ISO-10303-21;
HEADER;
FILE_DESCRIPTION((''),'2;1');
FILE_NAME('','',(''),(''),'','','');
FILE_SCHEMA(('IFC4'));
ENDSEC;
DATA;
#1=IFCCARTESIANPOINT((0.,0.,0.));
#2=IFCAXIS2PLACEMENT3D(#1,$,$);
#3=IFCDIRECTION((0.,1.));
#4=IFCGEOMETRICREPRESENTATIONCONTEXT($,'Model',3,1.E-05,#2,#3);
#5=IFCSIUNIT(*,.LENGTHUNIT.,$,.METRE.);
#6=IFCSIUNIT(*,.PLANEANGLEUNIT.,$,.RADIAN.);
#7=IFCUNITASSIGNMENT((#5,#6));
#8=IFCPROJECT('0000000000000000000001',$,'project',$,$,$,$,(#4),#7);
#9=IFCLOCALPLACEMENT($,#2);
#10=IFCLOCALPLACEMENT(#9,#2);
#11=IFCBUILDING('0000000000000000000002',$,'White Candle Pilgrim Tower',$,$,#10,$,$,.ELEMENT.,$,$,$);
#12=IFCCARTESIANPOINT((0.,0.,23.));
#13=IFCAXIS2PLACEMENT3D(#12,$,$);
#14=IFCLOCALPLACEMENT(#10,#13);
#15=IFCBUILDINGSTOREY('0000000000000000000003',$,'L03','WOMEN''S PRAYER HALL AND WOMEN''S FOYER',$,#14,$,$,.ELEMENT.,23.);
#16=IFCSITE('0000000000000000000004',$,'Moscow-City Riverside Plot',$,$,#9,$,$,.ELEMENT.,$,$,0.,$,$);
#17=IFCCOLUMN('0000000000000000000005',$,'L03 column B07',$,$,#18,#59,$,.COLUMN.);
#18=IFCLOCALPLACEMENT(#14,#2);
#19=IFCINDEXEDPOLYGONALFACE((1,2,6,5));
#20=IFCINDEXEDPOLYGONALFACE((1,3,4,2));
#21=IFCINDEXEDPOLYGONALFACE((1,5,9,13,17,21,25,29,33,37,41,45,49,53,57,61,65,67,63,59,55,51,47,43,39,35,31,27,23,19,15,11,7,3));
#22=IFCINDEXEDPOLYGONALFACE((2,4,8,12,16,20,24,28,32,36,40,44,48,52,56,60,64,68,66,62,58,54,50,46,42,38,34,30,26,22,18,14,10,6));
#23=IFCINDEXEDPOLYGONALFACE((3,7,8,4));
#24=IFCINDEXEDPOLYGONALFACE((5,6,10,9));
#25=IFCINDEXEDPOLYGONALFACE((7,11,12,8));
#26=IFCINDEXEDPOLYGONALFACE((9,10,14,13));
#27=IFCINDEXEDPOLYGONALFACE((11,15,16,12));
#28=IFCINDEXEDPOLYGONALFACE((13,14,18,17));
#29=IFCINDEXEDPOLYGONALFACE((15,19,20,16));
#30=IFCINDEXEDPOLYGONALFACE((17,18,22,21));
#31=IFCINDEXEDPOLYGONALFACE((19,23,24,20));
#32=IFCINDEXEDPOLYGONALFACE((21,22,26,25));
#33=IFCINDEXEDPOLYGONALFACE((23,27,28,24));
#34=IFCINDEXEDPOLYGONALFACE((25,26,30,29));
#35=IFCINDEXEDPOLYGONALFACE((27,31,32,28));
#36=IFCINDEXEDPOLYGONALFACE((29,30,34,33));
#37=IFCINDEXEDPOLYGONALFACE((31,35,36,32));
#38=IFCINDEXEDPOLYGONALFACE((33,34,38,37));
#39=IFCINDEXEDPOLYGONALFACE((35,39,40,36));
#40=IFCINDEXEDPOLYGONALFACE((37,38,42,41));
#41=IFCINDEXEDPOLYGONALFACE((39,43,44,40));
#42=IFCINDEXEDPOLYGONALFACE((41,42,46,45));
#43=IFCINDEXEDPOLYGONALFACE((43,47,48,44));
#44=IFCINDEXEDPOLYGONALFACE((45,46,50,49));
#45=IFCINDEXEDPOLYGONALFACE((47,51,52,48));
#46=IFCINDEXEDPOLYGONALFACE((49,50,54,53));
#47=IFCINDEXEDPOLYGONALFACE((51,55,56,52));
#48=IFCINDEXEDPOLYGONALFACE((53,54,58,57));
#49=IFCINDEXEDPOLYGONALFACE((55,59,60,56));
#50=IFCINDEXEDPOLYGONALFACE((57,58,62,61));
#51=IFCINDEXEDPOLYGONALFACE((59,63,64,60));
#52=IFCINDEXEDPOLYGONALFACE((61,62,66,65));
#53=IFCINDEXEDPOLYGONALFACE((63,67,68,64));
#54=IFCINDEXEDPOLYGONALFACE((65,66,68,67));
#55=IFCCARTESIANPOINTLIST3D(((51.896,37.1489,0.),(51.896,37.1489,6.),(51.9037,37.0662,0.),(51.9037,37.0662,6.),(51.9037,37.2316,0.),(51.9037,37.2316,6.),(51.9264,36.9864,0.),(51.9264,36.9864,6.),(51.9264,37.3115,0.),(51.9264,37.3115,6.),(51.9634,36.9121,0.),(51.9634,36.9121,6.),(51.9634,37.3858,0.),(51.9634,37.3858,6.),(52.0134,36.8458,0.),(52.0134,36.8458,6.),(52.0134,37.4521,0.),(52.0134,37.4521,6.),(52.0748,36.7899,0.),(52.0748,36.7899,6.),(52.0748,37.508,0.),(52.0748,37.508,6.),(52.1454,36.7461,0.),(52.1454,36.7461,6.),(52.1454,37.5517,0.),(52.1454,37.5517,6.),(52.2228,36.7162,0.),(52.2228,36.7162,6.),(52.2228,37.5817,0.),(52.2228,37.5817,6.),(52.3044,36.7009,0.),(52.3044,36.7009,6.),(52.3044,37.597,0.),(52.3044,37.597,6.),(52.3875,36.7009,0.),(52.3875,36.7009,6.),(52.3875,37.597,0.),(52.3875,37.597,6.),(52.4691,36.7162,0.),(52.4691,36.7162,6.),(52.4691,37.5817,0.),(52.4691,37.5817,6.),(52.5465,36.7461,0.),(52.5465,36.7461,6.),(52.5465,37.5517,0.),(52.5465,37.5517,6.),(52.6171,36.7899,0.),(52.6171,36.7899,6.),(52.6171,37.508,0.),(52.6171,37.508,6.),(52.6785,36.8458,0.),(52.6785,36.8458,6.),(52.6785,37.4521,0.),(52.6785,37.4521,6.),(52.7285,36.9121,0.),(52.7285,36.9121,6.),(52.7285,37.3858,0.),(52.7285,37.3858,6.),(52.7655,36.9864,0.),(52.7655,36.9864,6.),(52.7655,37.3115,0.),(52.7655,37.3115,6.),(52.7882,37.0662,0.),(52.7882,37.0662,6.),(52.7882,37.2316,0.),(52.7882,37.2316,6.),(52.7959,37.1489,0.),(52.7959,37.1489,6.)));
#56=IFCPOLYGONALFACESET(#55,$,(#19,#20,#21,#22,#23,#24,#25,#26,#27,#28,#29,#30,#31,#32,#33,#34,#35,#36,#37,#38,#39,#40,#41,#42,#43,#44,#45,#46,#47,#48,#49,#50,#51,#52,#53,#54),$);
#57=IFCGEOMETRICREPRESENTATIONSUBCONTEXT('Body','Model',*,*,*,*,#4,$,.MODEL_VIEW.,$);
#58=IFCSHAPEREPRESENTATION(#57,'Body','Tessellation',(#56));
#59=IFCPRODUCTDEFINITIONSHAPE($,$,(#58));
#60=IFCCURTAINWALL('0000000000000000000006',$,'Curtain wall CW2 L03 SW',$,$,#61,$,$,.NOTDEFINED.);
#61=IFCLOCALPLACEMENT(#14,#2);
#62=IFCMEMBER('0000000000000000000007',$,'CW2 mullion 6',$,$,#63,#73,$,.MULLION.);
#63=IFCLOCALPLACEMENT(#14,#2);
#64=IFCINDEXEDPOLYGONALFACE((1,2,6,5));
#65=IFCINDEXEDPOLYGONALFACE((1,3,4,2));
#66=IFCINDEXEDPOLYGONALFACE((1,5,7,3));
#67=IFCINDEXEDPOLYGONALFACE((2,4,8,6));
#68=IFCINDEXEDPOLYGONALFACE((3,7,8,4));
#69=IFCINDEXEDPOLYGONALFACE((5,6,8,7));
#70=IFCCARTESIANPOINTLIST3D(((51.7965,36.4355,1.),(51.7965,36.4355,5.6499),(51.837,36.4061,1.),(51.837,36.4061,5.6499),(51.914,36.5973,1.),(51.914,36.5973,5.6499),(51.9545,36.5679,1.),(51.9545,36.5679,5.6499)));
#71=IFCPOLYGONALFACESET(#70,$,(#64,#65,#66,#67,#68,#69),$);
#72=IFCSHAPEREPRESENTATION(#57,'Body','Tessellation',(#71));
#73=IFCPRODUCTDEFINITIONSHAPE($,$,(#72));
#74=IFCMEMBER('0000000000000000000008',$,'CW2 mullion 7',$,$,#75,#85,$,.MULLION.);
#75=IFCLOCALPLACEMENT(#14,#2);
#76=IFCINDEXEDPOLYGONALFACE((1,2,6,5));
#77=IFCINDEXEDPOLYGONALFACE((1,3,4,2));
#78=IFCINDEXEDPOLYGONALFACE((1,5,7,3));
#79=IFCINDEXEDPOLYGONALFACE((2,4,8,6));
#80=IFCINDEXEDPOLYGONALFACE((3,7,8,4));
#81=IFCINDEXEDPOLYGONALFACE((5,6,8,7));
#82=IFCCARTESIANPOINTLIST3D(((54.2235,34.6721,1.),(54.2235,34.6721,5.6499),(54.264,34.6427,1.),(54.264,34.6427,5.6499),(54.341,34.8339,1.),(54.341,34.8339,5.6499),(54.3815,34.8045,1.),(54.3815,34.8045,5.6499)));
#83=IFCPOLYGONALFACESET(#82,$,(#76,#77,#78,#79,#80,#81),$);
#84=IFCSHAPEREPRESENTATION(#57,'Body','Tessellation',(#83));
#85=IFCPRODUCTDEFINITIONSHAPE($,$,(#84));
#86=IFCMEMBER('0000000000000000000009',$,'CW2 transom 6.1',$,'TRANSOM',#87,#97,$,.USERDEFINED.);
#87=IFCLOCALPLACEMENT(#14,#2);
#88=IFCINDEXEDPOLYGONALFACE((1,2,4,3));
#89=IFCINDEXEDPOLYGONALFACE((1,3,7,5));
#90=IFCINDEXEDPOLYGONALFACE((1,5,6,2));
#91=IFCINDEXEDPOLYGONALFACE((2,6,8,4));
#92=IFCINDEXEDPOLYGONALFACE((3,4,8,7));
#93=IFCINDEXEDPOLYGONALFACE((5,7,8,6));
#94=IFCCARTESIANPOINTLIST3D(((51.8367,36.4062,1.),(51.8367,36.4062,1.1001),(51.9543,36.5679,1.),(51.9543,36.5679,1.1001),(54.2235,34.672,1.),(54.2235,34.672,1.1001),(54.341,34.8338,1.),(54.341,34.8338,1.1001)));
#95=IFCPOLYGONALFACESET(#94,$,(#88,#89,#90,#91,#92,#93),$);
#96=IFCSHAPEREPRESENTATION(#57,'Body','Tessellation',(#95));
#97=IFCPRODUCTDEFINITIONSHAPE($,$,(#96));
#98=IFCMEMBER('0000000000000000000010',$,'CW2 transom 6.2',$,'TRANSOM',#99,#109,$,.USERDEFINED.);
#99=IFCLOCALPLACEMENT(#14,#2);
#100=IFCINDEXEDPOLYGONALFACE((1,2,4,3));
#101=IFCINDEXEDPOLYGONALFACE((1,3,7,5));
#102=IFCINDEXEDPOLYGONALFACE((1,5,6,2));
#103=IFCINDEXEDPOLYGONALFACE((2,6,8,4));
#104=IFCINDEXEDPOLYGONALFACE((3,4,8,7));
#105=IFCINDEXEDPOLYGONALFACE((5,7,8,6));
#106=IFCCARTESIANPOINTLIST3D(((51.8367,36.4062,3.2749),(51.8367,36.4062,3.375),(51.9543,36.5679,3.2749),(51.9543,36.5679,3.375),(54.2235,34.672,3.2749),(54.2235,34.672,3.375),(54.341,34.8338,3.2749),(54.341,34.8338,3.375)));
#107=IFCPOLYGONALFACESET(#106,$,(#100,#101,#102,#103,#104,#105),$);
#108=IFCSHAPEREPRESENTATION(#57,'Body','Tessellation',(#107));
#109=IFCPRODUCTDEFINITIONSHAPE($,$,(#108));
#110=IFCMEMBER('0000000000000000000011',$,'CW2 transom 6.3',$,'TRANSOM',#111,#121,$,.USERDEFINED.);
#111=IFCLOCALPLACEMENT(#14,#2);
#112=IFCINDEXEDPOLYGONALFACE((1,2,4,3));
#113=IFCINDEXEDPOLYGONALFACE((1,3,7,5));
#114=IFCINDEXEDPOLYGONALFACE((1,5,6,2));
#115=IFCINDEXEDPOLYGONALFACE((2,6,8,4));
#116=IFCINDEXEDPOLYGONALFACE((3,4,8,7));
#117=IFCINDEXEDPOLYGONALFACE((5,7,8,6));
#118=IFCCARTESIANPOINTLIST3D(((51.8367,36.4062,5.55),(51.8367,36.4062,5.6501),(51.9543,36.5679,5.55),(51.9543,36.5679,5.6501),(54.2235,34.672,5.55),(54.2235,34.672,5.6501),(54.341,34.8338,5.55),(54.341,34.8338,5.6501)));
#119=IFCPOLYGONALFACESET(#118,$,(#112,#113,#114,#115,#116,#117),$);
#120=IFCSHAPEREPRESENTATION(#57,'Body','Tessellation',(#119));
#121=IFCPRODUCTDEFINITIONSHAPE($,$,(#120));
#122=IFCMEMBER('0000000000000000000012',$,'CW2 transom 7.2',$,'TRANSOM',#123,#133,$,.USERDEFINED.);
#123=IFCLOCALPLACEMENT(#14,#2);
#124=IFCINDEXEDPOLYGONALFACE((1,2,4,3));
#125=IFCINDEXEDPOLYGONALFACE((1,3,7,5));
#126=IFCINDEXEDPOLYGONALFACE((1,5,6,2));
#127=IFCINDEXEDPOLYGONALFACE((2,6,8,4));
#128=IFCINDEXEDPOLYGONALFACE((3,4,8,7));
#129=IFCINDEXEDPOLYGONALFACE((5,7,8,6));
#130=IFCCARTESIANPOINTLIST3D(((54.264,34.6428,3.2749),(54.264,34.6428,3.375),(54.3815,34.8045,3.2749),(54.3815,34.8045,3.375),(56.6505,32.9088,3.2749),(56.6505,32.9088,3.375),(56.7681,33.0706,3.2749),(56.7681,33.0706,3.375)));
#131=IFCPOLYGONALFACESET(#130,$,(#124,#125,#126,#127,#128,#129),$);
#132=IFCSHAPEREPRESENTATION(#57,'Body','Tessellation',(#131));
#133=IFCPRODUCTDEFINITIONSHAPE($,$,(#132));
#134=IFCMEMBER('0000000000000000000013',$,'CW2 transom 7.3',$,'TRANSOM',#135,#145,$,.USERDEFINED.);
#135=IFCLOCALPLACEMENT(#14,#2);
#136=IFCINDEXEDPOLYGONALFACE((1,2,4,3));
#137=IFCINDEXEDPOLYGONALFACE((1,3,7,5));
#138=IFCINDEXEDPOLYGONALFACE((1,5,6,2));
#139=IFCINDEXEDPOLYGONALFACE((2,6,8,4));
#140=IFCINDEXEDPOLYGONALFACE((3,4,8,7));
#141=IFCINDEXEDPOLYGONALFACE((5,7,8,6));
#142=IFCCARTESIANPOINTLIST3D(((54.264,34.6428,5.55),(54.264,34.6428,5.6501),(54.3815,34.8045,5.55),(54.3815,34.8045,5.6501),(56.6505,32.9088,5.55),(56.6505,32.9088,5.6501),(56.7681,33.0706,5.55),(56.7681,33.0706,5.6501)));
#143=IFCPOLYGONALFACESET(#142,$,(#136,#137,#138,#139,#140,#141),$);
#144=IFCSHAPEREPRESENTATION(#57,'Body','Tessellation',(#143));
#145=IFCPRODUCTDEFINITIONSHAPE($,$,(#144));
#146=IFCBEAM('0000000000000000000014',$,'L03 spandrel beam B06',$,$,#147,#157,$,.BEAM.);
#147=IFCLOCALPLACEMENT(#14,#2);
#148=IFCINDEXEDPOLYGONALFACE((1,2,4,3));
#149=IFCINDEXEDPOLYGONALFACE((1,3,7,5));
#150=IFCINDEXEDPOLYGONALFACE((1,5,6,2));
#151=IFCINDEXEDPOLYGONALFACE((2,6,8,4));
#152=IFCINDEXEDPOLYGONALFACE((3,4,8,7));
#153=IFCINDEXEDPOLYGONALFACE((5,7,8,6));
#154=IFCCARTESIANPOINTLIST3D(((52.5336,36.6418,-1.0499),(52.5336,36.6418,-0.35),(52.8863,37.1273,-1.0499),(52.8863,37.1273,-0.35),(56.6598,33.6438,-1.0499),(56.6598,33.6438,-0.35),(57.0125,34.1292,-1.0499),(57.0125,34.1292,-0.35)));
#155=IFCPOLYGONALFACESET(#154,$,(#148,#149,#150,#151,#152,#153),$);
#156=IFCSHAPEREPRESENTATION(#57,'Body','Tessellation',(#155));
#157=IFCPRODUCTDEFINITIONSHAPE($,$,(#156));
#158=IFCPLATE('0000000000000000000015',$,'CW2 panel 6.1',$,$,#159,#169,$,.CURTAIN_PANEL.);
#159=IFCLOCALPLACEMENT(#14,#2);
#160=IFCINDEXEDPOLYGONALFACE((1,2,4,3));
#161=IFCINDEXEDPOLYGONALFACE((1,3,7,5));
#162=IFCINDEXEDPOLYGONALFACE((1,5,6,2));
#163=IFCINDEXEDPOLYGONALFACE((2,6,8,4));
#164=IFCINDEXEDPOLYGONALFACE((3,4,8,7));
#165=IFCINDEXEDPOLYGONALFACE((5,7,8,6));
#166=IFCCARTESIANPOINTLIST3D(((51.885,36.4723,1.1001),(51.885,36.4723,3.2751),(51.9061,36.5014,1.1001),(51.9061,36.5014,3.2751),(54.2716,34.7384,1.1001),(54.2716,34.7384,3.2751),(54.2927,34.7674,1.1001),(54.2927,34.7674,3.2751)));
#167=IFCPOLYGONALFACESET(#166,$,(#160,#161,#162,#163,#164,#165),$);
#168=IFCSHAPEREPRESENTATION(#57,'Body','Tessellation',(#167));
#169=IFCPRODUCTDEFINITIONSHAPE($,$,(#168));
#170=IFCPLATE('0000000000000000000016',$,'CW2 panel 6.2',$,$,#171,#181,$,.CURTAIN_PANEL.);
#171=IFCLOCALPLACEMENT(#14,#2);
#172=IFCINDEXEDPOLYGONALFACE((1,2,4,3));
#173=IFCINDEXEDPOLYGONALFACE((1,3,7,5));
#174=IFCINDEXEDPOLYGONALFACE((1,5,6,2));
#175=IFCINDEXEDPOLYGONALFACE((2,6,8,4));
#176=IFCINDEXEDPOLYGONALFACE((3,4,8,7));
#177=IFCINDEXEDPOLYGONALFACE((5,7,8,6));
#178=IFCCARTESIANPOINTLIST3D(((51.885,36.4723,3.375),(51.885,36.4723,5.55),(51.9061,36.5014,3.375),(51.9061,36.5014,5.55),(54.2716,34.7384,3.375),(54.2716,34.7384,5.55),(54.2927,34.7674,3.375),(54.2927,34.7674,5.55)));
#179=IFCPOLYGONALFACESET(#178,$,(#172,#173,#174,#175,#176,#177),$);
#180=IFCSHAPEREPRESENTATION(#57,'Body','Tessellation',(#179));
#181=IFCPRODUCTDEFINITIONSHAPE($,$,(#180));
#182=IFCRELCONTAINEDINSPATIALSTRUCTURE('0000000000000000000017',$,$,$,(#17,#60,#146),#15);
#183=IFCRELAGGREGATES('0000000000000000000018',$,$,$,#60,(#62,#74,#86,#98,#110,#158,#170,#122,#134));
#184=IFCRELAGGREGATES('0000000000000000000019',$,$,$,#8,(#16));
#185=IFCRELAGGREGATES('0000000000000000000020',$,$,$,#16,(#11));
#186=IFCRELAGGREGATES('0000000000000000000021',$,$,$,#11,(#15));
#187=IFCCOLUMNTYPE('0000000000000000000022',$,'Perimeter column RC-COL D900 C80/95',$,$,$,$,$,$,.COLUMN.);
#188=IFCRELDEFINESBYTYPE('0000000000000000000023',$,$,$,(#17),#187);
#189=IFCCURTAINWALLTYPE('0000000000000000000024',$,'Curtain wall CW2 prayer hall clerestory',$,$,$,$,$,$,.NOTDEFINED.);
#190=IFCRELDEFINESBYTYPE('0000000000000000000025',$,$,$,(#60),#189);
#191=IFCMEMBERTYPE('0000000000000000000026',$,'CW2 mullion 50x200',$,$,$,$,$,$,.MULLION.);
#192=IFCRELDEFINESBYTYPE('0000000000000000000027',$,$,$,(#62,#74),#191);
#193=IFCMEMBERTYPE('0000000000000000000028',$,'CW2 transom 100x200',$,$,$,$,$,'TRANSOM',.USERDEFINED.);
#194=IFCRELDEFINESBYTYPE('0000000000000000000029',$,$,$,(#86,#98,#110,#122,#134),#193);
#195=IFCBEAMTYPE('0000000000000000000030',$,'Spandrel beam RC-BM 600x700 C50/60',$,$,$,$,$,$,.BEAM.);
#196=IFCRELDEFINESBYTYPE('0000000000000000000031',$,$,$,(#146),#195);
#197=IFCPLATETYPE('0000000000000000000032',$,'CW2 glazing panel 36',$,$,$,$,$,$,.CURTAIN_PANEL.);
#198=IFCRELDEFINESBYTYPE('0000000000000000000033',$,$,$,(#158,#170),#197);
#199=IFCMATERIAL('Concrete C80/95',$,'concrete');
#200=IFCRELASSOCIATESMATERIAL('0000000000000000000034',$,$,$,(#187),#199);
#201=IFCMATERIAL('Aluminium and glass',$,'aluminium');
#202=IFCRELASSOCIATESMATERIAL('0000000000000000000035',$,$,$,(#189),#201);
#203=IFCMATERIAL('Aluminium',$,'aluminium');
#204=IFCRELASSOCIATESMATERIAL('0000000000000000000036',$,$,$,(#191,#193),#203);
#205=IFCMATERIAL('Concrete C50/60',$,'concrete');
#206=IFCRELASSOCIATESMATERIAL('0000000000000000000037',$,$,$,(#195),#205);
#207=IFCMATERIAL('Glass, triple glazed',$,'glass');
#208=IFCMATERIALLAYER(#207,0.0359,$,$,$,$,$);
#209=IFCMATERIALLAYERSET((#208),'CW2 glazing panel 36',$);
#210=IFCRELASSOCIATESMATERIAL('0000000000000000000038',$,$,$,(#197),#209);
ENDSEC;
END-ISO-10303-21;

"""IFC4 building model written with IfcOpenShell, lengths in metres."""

from ifc_helpers import new_model, si_unit, direction, frame, origin, origin_2d, place, context, subcontext, project, spatial, rectangle, circle, extrude, material, layer, layer_set, material_profile, profile_set, type_object, element, aggregate, save


model = new_model("IFC4")

# Units and contexts
model_context = context("Model", 3, precision=1e-05, world=origin(), true_north=direction((0.0, 1.0)))
body_context = subcontext(model_context, "Body", "Model", "MODEL_VIEW")
ifc_project = project(units=[si_unit("LENGTHUNIT", "METRE"), si_unit("PLANEANGLEUNIT", "RADIAN")], contexts=[model_context])

# Site, building, storey
site_placement = place(None, origin())
site = spatial("IfcSite", under=ifc_project, at=site_placement, Name="Moscow-City Riverside Plot", CompositionType="ELEMENT", RefElevation=0.0)
building_placement = place(site_placement, origin())
building = spatial("IfcBuilding", under=site, at=building_placement, Name="White Candle Pilgrim Tower", CompositionType="ELEMENT")
storey_placement = place(building_placement, frame((0.0, 0.0, 23.0)))
storey = spatial("IfcBuildingStorey", under=building, at=storey_placement, Name="L03", Description="WOMEN'S PRAYER HALL AND WOMEN'S FOYER", CompositionType="ELEMENT", Elevation=23.0)

# Column
ifc_material_1 = material(Name="Concrete C80/95", Category="concrete")
ifc_material_profile_1 = material_profile(ifc_material_1, circle(Radius=0.45, at=origin_2d()), Name="RC-COL D900")
ifc_profile_set_1 = profile_set([ifc_material_profile_1], Name="Concrete C80/95")
column_type = type_object("IfcColumnType", Name="Perimeter column RC-COL D900 C80/95", PredefinedType="COLUMN", material=ifc_profile_set_1)
column_placement = place(storey_placement, frame((52.3459, 37.1489, 0.0), z_axis=(0.0, 0.0, 1.0), x_axis=(1.0, 0.0, 0.0)))
element("IfcColumn", 1, at=column_placement, inside=storey, type_object=column_type, Name="L03 column B07", PredefinedType="COLUMN", context=body_context, shape_type="SweptSolid", body=[
    extrude(circle(Radius=0.45, at=origin_2d()), origin(), (0.0, 0.0, 1.0), 6.0),
])

# Curtain wall, members
ifc_material_2 = material(Name="Aluminium and glass", Category="aluminium")
curtain_wall_type = type_object("IfcCurtainWallType", Name="Curtain wall CW2 prayer hall clerestory", PredefinedType="NOTDEFINED", material=ifc_material_2)
curtain_wall_placement = place(storey_placement, origin())
curtain_wall = element("IfcCurtainWall", 2, at=curtain_wall_placement, inside=storey, type_object=curtain_wall_type, Name="Curtain wall CW2 L03 SW", PredefinedType="NOTDEFINED")
ifc_material_3 = material(Name="Aluminium", Category="aluminium")
ifc_material_profile_2 = material_profile(ifc_material_3, rectangle(XDim=0.2, YDim=0.05, at=origin_2d()), Name="CW2 mullion 50x200")
ifc_profile_set_2 = profile_set([ifc_material_profile_2], Name="Aluminium")
member_type_1 = type_object("IfcMemberType", Name="CW2 mullion 50x200", PredefinedType="MULLION", material=ifc_profile_set_2)
member_1_placement = place(storey_placement, frame((51.8755, 36.5017, 1.0), z_axis=(0.0, 0.0, 1.0), x_axis=(0.587785, 0.809017, 0.0)))
member_1 = element("IfcMember", 3, at=member_1_placement, type_object=member_type_1, Name="CW2 mullion 6", PredefinedType="MULLION", context=body_context, shape_type="SweptSolid", body=[
    extrude(rectangle(XDim=0.2, YDim=0.05, at=origin_2d()), origin(), (0.0, 0.0, 1.0), 4.6499),
])
member_2_placement = place(storey_placement, frame((54.3025, 34.7383, 1.0), z_axis=(0.0, 0.0, 1.0), x_axis=(0.587785, 0.809017, 0.0)))
member_2 = element("IfcMember", 4, at=member_2_placement, type_object=member_type_1, Name="CW2 mullion 7", PredefinedType="MULLION", context=body_context, shape_type="SweptSolid", body=[
    extrude(rectangle(XDim=0.2, YDim=0.05, at=origin_2d()), origin(), (0.0, 0.0, 1.0), 4.6499),
])
ifc_material_profile_3 = material_profile(ifc_material_3, rectangle(XDim=0.2, YDim=0.1001, at=origin_2d()), Name="CW2 transom 100x200")
ifc_profile_set_3 = profile_set([ifc_material_profile_3], Name="Aluminium")
member_type_2 = type_object("IfcMemberType", Name="CW2 transom 100x200", ElementType="TRANSOM", PredefinedType="USERDEFINED", material=ifc_profile_set_3)
member_3_placement = place(storey_placement, frame((51.8955, 36.4871, 1.05), z_axis=(0.809004, -0.587803, 0.0), x_axis=(0.587803, 0.809004, 0.0)))
member_3 = element("IfcMember", 5, at=member_3_placement, type_object=member_type_2, Name="CW2 transom 6.1", ObjectType="TRANSOM", PredefinedType="USERDEFINED", context=body_context, shape_type="SweptSolid", body=[
    extrude(rectangle(XDim=0.2, YDim=0.1001, at=origin_2d()), origin(), (0.0, 0.0, 1.0), 2.9502),
])
member_4_placement = place(storey_placement, frame((51.8955, 36.4871, 3.325), z_axis=(0.809004, -0.587803, 0.0), x_axis=(0.587803, 0.809004, 0.0)))
member_4 = element("IfcMember", 6, at=member_4_placement, type_object=member_type_2, Name="CW2 transom 6.2", ObjectType="TRANSOM", PredefinedType="USERDEFINED", context=body_context, shape_type="SweptSolid", body=[
    extrude(rectangle(XDim=0.2, YDim=0.1001, at=origin_2d()), origin(), (0.0, 0.0, 1.0), 2.9502),
])
member_5_placement = place(storey_placement, frame((51.8955, 36.4871, 5.6001), z_axis=(0.809004, -0.587803, 0.0), x_axis=(0.587803, 0.809004, 0.0)))
member_5 = element("IfcMember", 7, at=member_5_placement, type_object=member_type_2, Name="CW2 transom 6.3", ObjectType="TRANSOM", PredefinedType="USERDEFINED", context=body_context, shape_type="SweptSolid", body=[
    extrude(rectangle(XDim=0.2, YDim=0.1001, at=origin_2d()), origin(), (0.0, 0.0, 1.0), 2.9502),
])
member_6_placement = place(storey_placement, frame((54.3228, 34.7236, 3.325), z_axis=(0.809015, -0.587788, 0.0), x_axis=(0.587788, 0.809015, 0.0)))
member_6 = element("IfcMember", 8, at=member_6_placement, type_object=member_type_2, Name="CW2 transom 7.2", ObjectType="TRANSOM", PredefinedType="USERDEFINED", context=body_context, shape_type="SweptSolid", body=[
    extrude(rectangle(XDim=0.2, YDim=0.1001, at=origin_2d()), origin(), (0.0, 0.0, 1.0), 2.95),
])
member_7_placement = place(storey_placement, frame((54.3228, 34.7236, 5.6001), z_axis=(0.809015, -0.587788, 0.0), x_axis=(0.587788, 0.809015, 0.0)))
member_7 = element("IfcMember", 9, at=member_7_placement, type_object=member_type_2, Name="CW2 transom 7.3", ObjectType="TRANSOM", PredefinedType="USERDEFINED", context=body_context, shape_type="SweptSolid", body=[
    extrude(rectangle(XDim=0.2, YDim=0.1001, at=origin_2d()), origin(), (0.0, 0.0, 1.0), 2.95),
])

# Beam
ifc_material_4 = material(Name="Concrete C50/60", Category="concrete")
ifc_material_profile_4 = material_profile(ifc_material_4, rectangle(XDim=0.6001, YDim=0.7, at=origin_2d()), Name="RC-BM 600x700")
ifc_profile_set_4 = profile_set([ifc_material_profile_4], Name="Concrete C50/60")
beam_type = type_object("IfcBeamType", Name="Spandrel beam RC-BM 600x700 C50/60", PredefinedType="BEAM", material=ifc_profile_set_4)
beam_placement = place(storey_placement, frame((52.71, 36.8845, -0.7), z_axis=(0.809001, -0.587807, 0.0), x_axis=(0.587807, 0.809001, 0.0)))
element("IfcBeam", 10, at=beam_placement, inside=storey, type_object=beam_type, Name="L03 spandrel beam B06", PredefinedType="BEAM", context=body_context, shape_type="SweptSolid", body=[
    extrude(rectangle(XDim=0.6001, YDim=0.7, at=origin_2d()), origin(), (0.0, 0.0, 1.0), 5.1003),
])

# Plates
ifc_material_5 = material(Name="Glass, triple glazed", Category="glass")
ifc_layer_1 = layer(ifc_material_5, 0.0359)
ifc_layer_set_1 = layer_set([ifc_layer_1], Name="CW2 glazing panel 36")
plate_type = type_object("IfcPlateType", Name="CW2 glazing panel 36", PredefinedType="CURTAIN_PANEL", material=ifc_layer_set_1)
plate_1_placement = place(storey_placement, frame((53.0889, 35.6199, 1.1001), z_axis=(0.0, 0.0, 1.0), x_axis=(0.809017, -0.587785, 0.0)))
plate_1 = element("IfcPlate", 11, at=plate_1_placement, type_object=plate_type, Name="CW2 panel 6.1", PredefinedType="CURTAIN_PANEL", context=body_context, shape_type="SweptSolid", body=[
    extrude(rectangle(XDim=2.95, YDim=0.0359, at=origin_2d()), origin(), (0.0, 0.0, 1.0), 2.175),
])
plate_2_placement = place(storey_placement, frame((53.0889, 35.6199, 3.375), z_axis=(0.0, 0.0, 1.0), x_axis=(0.809017, -0.587785, 0.0)))
plate_2 = element("IfcPlate", 12, at=plate_2_placement, type_object=plate_type, Name="CW2 panel 6.2", PredefinedType="CURTAIN_PANEL", context=body_context, shape_type="SweptSolid", body=[
    extrude(rectangle(XDim=2.95, YDim=0.0359, at=origin_2d()), origin(), (0.0, 0.0, 1.0), 2.175),
])
aggregate(curtain_wall, [member_1, member_2, member_3, member_4, member_5, plate_1, plate_2, member_6, member_7])

save(model, "model.ifc")
